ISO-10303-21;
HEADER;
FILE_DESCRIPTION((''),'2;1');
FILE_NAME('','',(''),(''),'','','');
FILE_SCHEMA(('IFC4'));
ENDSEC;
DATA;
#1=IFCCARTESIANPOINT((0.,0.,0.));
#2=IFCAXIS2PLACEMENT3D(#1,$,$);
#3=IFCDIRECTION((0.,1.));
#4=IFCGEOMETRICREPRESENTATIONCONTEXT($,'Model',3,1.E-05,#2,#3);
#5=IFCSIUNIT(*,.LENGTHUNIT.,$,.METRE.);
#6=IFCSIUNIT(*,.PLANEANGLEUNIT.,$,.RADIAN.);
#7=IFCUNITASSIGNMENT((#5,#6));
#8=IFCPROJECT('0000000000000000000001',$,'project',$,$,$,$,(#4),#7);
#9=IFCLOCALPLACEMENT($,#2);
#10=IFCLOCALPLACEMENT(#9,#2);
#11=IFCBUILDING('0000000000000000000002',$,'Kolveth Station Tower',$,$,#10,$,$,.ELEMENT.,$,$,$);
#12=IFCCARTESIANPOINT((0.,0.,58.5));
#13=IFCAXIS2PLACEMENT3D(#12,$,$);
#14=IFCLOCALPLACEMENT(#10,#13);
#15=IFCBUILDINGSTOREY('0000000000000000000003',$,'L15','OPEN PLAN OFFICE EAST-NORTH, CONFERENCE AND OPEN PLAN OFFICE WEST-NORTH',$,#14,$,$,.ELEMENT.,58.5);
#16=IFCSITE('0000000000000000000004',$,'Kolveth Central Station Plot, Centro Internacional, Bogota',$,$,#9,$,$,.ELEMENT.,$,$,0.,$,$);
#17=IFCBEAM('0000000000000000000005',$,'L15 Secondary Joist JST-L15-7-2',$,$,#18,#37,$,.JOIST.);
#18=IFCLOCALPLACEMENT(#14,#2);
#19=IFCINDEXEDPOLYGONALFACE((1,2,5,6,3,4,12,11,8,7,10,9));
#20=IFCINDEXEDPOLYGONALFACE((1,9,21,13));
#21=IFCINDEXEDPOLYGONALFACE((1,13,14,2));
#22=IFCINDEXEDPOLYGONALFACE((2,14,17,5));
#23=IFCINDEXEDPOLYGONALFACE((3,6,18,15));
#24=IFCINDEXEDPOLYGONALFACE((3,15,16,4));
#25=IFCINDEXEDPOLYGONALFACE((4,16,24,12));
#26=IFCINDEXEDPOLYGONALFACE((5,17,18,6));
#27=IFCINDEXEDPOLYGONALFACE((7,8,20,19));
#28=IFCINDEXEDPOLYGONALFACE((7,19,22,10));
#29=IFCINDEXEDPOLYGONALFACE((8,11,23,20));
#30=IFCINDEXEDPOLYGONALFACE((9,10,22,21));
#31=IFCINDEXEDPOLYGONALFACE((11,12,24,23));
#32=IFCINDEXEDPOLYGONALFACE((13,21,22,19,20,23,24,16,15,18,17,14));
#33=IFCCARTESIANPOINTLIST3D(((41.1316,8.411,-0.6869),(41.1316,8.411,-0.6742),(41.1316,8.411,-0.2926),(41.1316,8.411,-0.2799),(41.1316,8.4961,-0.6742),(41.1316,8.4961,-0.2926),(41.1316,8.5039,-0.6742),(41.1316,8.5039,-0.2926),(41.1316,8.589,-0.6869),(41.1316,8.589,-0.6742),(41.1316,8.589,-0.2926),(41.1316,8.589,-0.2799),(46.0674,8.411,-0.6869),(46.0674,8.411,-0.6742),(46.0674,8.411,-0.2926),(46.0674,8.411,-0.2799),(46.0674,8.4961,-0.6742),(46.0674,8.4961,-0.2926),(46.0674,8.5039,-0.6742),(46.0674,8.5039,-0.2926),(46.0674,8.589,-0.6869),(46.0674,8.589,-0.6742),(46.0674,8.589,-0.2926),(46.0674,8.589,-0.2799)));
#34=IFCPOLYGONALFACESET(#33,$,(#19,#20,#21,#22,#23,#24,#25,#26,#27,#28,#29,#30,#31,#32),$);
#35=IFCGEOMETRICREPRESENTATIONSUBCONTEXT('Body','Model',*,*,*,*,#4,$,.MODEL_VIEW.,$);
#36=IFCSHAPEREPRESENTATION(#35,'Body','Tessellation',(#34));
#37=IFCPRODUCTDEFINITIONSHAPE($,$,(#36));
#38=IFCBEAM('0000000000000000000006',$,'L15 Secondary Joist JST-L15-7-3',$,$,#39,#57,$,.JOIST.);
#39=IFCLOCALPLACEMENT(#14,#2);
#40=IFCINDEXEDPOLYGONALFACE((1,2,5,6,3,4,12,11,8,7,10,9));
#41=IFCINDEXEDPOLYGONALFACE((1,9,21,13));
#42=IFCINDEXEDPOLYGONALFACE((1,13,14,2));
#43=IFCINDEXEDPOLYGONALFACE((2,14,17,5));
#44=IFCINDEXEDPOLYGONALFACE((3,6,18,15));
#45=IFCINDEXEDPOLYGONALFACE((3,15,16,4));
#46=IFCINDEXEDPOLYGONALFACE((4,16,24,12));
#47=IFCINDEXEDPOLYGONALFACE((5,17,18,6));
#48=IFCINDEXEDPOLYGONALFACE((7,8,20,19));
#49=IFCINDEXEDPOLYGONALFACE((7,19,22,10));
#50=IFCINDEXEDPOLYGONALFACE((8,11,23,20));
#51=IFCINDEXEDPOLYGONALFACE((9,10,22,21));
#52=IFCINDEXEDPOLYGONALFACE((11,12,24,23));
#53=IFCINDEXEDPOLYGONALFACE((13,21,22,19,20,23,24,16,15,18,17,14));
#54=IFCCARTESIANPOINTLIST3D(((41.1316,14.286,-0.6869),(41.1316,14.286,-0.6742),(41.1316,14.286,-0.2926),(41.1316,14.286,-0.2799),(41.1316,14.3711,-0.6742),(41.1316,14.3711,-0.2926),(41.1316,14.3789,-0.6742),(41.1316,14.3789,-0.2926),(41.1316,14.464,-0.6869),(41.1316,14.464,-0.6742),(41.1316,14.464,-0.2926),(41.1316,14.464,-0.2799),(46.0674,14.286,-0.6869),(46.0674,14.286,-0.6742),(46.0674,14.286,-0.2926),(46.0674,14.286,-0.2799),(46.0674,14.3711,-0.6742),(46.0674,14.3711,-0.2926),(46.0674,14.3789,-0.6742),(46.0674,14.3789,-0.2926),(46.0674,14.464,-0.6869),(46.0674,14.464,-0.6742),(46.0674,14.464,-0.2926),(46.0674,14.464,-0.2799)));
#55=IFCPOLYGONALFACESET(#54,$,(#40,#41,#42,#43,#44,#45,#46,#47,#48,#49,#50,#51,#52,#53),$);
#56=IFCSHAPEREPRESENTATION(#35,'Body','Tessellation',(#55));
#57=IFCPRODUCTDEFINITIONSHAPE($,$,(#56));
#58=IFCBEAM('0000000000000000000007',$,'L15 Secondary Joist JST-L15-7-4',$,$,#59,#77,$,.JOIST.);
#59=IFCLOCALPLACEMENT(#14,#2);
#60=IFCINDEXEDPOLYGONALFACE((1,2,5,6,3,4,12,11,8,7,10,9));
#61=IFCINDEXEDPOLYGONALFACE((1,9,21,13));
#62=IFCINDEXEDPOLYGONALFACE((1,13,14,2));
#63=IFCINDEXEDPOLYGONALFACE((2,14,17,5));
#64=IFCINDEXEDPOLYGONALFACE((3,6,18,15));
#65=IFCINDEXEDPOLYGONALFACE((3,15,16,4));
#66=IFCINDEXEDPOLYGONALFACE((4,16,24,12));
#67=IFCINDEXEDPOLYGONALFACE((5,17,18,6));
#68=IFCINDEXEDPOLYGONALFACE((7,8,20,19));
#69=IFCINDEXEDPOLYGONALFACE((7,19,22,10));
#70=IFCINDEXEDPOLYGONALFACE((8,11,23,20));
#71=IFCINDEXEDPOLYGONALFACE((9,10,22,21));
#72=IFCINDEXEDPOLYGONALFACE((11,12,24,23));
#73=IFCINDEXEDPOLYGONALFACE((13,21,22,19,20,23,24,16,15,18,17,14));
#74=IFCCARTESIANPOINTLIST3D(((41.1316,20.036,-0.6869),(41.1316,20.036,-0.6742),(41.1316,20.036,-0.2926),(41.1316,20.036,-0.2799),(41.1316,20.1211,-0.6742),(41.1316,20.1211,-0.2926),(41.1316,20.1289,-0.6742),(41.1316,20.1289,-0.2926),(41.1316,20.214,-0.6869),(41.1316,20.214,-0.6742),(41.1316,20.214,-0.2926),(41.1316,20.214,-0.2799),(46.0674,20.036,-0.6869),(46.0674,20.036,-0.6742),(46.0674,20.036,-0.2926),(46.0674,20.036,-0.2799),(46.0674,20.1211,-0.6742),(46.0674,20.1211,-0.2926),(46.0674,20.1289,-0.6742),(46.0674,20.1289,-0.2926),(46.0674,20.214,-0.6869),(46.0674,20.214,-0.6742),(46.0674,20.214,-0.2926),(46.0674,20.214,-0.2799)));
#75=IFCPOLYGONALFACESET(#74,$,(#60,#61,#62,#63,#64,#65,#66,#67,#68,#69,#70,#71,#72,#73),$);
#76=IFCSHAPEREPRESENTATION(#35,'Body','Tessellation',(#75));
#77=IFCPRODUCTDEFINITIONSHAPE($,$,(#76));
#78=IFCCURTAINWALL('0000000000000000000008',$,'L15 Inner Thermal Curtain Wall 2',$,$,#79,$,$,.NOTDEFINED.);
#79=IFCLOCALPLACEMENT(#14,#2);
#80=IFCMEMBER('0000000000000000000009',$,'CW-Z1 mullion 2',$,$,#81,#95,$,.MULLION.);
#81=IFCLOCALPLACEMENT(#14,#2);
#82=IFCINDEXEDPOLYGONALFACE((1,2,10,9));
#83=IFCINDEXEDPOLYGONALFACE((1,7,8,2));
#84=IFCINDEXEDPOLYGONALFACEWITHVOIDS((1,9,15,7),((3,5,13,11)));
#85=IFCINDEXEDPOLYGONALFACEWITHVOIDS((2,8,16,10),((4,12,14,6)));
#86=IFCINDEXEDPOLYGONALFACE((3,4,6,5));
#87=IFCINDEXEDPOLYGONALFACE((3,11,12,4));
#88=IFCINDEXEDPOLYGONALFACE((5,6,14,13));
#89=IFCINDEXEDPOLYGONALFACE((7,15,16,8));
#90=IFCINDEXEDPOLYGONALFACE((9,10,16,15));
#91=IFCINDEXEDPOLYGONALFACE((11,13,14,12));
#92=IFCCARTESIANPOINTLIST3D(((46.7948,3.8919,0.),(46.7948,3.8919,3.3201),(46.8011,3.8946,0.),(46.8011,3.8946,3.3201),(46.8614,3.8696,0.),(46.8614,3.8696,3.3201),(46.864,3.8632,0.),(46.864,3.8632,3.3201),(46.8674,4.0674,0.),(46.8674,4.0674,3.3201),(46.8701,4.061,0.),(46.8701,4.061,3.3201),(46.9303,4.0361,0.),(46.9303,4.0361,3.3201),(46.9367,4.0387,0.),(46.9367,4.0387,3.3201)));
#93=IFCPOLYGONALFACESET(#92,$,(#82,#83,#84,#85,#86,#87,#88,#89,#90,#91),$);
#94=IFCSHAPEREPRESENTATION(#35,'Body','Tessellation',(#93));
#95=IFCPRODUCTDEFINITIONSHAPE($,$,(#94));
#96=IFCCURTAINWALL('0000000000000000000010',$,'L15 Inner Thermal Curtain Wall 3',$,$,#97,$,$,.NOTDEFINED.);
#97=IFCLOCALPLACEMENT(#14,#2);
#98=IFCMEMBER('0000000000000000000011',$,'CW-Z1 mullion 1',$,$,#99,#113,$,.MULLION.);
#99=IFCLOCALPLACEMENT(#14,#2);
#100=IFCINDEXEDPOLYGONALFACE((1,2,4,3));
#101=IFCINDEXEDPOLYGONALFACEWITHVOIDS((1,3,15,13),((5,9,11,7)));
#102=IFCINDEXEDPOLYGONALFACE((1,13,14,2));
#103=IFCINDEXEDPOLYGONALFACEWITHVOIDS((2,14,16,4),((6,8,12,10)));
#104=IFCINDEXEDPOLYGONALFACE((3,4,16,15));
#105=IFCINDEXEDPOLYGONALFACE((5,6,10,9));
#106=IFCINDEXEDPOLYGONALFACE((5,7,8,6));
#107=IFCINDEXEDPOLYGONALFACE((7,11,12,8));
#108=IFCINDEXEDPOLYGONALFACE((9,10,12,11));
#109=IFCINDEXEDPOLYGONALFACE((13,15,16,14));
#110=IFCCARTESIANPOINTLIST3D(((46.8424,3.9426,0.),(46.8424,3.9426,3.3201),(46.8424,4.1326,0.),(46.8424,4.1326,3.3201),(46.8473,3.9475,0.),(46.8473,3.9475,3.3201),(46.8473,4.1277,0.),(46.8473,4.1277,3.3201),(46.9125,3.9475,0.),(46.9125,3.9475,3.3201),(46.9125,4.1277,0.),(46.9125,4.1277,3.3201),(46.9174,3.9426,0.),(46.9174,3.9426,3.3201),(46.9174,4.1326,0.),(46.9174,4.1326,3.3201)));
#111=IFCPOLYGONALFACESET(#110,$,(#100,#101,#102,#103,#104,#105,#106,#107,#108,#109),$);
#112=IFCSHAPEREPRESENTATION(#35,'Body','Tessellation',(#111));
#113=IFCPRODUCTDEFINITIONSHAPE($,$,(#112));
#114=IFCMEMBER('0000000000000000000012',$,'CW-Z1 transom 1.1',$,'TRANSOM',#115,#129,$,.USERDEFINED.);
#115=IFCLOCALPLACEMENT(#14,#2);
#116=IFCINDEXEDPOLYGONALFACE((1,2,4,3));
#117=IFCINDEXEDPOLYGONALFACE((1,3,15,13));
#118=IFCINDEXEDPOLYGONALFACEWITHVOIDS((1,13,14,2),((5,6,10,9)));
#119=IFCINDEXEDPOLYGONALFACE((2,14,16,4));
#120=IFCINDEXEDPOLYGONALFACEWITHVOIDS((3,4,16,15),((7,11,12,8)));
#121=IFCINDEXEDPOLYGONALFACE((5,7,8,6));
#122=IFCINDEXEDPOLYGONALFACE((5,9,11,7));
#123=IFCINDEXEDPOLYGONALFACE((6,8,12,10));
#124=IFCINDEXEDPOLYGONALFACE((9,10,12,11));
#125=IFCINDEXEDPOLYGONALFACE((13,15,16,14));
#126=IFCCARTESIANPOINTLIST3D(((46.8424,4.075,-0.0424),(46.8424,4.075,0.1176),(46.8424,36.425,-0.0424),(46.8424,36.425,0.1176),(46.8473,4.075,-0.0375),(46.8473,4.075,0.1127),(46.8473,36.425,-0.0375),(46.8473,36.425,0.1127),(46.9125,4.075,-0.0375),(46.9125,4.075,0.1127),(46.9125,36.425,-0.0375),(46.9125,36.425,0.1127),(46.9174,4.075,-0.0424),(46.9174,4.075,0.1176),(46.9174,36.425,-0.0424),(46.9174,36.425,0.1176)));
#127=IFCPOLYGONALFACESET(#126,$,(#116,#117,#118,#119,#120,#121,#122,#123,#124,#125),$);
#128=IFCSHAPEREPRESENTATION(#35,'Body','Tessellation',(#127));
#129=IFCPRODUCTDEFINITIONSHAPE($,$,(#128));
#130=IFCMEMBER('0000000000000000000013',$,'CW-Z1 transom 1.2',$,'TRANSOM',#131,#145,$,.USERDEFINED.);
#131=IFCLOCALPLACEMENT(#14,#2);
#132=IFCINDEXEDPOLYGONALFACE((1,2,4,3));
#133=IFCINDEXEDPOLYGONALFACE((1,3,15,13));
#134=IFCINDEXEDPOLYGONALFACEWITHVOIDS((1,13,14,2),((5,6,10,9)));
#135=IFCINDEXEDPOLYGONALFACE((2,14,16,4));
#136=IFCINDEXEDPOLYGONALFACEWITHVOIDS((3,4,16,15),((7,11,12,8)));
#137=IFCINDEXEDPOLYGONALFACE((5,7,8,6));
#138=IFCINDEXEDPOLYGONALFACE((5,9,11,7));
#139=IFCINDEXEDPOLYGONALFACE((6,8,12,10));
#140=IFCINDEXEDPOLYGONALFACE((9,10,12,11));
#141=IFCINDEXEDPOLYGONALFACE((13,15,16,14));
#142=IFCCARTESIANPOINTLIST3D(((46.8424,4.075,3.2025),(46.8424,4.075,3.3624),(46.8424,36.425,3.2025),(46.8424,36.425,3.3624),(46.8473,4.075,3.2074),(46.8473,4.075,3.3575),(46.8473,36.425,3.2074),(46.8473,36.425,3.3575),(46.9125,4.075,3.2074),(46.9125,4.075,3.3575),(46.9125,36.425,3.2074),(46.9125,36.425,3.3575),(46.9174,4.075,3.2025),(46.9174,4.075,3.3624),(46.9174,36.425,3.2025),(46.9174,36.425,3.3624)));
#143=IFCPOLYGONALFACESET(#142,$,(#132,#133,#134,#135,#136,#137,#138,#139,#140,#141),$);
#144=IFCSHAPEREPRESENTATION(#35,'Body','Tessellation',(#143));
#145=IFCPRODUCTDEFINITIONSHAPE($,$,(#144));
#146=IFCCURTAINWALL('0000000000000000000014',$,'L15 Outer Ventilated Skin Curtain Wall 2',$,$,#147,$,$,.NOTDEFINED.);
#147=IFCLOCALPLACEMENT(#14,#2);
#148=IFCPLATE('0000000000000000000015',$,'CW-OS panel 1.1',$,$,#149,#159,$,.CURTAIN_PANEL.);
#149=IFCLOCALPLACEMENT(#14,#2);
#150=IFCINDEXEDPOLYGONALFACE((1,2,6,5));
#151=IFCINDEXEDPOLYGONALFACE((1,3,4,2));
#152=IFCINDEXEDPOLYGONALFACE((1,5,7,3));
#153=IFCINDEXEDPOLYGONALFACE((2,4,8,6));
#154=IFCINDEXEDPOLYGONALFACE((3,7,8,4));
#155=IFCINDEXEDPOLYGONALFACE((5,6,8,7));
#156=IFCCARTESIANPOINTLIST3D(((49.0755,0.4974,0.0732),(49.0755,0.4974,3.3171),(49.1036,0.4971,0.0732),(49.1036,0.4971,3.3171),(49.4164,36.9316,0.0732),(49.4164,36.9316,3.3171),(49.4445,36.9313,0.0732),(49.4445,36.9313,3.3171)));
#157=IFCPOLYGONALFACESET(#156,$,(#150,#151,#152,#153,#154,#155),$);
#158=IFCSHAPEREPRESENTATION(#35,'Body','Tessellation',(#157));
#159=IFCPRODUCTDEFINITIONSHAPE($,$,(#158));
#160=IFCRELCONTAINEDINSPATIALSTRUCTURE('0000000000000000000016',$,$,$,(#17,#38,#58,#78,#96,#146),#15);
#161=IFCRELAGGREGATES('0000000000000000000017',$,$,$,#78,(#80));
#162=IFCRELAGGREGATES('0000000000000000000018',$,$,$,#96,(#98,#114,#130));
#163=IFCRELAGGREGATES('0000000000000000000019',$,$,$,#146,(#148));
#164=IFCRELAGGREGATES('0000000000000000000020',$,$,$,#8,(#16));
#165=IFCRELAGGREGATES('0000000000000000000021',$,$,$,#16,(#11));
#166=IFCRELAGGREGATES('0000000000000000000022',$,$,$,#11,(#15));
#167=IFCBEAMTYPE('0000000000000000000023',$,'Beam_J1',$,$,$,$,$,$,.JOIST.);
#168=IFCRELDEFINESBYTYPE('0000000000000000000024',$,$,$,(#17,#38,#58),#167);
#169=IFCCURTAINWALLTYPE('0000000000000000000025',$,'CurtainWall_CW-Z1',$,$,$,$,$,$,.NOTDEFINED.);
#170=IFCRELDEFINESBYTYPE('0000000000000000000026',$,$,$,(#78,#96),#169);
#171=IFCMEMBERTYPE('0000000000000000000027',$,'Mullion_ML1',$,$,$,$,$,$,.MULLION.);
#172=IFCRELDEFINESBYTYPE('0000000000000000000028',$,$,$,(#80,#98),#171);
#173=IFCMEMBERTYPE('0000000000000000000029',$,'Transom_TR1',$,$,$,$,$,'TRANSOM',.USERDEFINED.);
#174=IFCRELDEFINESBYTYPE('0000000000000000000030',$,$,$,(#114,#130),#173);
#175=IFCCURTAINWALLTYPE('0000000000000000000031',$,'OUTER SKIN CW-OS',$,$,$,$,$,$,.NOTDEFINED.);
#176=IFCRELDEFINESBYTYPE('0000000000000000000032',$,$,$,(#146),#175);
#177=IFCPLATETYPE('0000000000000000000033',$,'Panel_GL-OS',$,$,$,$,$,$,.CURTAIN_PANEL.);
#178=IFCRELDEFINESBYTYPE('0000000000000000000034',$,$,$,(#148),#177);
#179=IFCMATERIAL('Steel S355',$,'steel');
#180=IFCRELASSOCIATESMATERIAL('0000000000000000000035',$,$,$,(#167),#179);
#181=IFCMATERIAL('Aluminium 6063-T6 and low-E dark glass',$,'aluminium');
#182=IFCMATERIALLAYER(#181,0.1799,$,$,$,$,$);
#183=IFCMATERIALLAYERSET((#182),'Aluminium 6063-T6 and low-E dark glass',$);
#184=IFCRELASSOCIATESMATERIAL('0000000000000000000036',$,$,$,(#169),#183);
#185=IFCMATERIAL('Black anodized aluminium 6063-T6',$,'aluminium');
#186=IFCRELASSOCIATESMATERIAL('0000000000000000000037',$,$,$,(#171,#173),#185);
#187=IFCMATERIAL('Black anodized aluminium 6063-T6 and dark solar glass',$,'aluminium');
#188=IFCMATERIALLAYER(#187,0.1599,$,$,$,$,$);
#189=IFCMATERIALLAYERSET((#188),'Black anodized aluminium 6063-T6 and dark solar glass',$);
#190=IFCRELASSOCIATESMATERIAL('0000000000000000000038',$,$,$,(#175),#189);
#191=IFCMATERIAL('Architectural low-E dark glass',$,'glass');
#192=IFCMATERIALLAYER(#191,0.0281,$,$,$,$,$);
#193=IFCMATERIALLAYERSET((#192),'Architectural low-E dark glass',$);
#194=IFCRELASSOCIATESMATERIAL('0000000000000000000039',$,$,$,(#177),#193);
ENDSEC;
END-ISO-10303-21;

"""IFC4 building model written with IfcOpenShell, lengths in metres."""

from ifc_helpers import new_model, si_unit, direction, frame, origin, origin_2d, place, context, subcontext, project, spatial, rectangle, hollow_rectangle, i_section, extrude, source, transform, mapped, material, layer, layer_set, material_profile, profile_set, type_object, element, aggregate, save


model = new_model("IFC4")

# Units and contexts
model_context = context("Model", 3, precision=1e-05, world=origin(), true_north=direction((0.0, 1.0)))
body_context = subcontext(model_context, "Body", "Model", "MODEL_VIEW")
ifc_project = project(units=[si_unit("LENGTHUNIT", "METRE"), si_unit("PLANEANGLEUNIT", "RADIAN")], contexts=[model_context])

# Site, building, storey
site_placement = place(None, origin())
site = spatial("IfcSite", under=ifc_project, at=site_placement, Name="Kolveth Central Station Plot, Centro Internacional, Bogota", CompositionType="ELEMENT", RefElevation=0.0)
building_placement = place(site_placement, origin())
building = spatial("IfcBuilding", under=site, at=building_placement, Name="Kolveth Station Tower", CompositionType="ELEMENT")
storey_placement = place(building_placement, frame((0.0, 0.0, 58.5)))
storey = spatial("IfcBuildingStorey", under=building, at=storey_placement, Name="L15", Description="OPEN PLAN OFFICE EAST-NORTH, CONFERENCE AND OPEN PLAN OFFICE WEST-NORTH", CompositionType="ELEMENT", Elevation=58.5)

# Shared definitions
ifc_material_1 = material(Name="Steel S355", Category="steel")

# Beams
ifc_material_profile_1 = material_profile(ifc_material_1, i_section(OverallWidth=0.178, OverallDepth=0.407, WebThickness=0.0078, FlangeThickness=0.0127, at=origin_2d()), Name="W410x60")
ifc_profile_set_1 = profile_set([ifc_material_profile_1], Name="Steel S355")
beam_type_1 = type_object("IfcBeamType", Name="Beam_J1", PredefinedType="JOIST", material=ifc_profile_set_1)
shared_shape_1 = source(origin(), body_context, "Body", "SweptSolid", [
    extrude(i_section(OverallWidth=0.178, OverallDepth=0.407, WebThickness=0.0078, FlangeThickness=0.0127, at=origin_2d()), origin(), (0.0, 0.0, 1.0), 4.9358),
])
for number, where, z_axis, x_axis, name in (
    (1, (41.1316, 8.5, -0.4834), (1.0, 0.0, 0.0), (0.0, 1.0, 0.0), "L15 Secondary Joist JST-L15-7-2"),
    (2, (41.1316, 14.375, -0.4834), (1.0, 0.0, 0.0), (0.0, 1.0, 0.0), "L15 Secondary Joist JST-L15-7-3"),
    (3, (41.1316, 20.125, -0.4834), (1.0, 0.0, 0.0), (0.0, 1.0, 0.0), "L15 Secondary Joist JST-L15-7-4"),
):
    element("IfcBeam", number, at=place(storey_placement, frame(where, z_axis=z_axis, x_axis=x_axis)), inside=storey, type_object=beam_type_1, Name=name, PredefinedType="JOIST", context=body_context, shape_type="MappedRepresentation", body=[
        mapped(shared_shape_1, transform((0.0, 0.0, 0.0), x_axis=(1.0, 0.0, 0.0), y_axis=(0.0, 1.0, 0.0), z_axis=(0.0, 0.0, 1.0), scale=1.0)),
    ])

# Curtain wall, member
ifc_material_2 = material(Name="Aluminium 6063-T6 and low-E dark glass", Category="aluminium")
ifc_layer_1 = layer(ifc_material_2, 0.1799)
ifc_layer_set_1 = layer_set([ifc_layer_1], Name="Aluminium 6063-T6 and low-E dark glass")
curtain_wall_type_1 = type_object("IfcCurtainWallType", Name="CurtainWall_CW-Z1", PredefinedType="NOTDEFINED", material=ifc_layer_set_1)
curtain_wall_1_placement = place(storey_placement, origin())
curtain_wall_1 = element("IfcCurtainWall", 4, at=curtain_wall_1_placement, inside=storey, type_object=curtain_wall_type_1, Name="L15 Inner Thermal Curtain Wall 2", PredefinedType="NOTDEFINED")
ifc_material_3 = material(Name="Black anodized aluminium 6063-T6", Category="aluminium")
ifc_material_profile_2 = material_profile(ifc_material_3, hollow_rectangle(XDim=0.075, YDim=0.1899, WallThickness=0.0049, at=origin_2d()), Name="ALU-75x190x5")
ifc_profile_set_2 = profile_set([ifc_material_profile_2], Name="Black anodized aluminium 6063-T6")
member_type_1 = type_object("IfcMemberType", Name="Mullion_ML1", PredefinedType="MULLION", material=ifc_profile_set_2)
shared_shape_2 = source(origin(), body_context, "Body", "SweptSolid", [
    extrude(hollow_rectangle(XDim=0.075, YDim=0.1899, WallThickness=0.0049, at=origin_2d()), origin(), (0.0, 0.0, 1.0), 3.3201),
])
member_1_placement = place(storey_placement, frame((46.8657, 3.9653, 0.0), z_axis=(0.0, 0.0, 1.0), x_axis=(-0.923884, 0.382673, 0.0)))
member_1 = element("IfcMember", 5, at=member_1_placement, type_object=member_type_1, Name="CW-Z1 mullion 2", PredefinedType="MULLION", context=body_context, shape_type="MappedRepresentation", body=[
    mapped(shared_shape_2, transform((0.0, 0.0, 0.0), x_axis=(1.0, 0.0, 0.0), y_axis=(0.0, 1.0, 0.0), z_axis=(0.0, 0.0, 1.0), scale=1.0)),
])
aggregate(curtain_wall_1, [member_1])

# Curtain wall, members
curtain_wall_2_placement = place(storey_placement, origin())
curtain_wall_2 = element("IfcCurtainWall", 6, at=curtain_wall_2_placement, inside=storey, type_object=curtain_wall_type_1, Name="L15 Inner Thermal Curtain Wall 3", PredefinedType="NOTDEFINED")
member_2_placement = place(storey_placement, frame((46.8799, 4.0376, 0.0), z_axis=(0.0, 0.0, 1.0), x_axis=(-1.0, 0.0, 0.0)))
member_2 = element("IfcMember", 7, at=member_2_placement, type_object=member_type_1, Name="CW-Z1 mullion 1", PredefinedType="MULLION", context=body_context, shape_type="MappedRepresentation", body=[
    mapped(shared_shape_2, transform((0.0, 0.0, 0.0), x_axis=(1.0, 0.0, 0.0), y_axis=(0.0, 1.0, 0.0), z_axis=(0.0, 0.0, 1.0), scale=1.0)),
])
ifc_material_profile_3 = material_profile(ifc_material_3, hollow_rectangle(XDim=0.075, YDim=0.1599, WallThickness=0.0049, at=origin_2d()), Name="ALU-75x160x5")
ifc_profile_set_3 = profile_set([ifc_material_profile_3], Name="Black anodized aluminium 6063-T6")
member_type_2 = type_object("IfcMemberType", Name="Transom_TR1", ElementType="TRANSOM", PredefinedType="USERDEFINED", material=ifc_profile_set_3)
shared_shape_3 = source(origin(), body_context, "Body", "SweptSolid", [
    extrude(hollow_rectangle(XDim=0.075, YDim=0.1599, WallThickness=0.0049, at=origin_2d()), origin(), (0.0, 0.0, 1.0), 32.3501),
])
member_3_placement = place(storey_placement, frame((46.8799, 4.075, 0.0376), z_axis=(0.0, 1.0, 0.0), x_axis=(-1.0, 0.0, 0.0)))
member_3 = element("IfcMember", 8, at=member_3_placement, type_object=member_type_2, Name="CW-Z1 transom 1.1", ObjectType="TRANSOM", PredefinedType="USERDEFINED", context=body_context, shape_type="MappedRepresentation", body=[
    mapped(shared_shape_3, transform((0.0, 0.0, 0.0), x_axis=(1.0, 0.0, 0.0), y_axis=(0.0, 1.0, 0.0), z_axis=(0.0, 0.0, 1.0), scale=1.0)),
])
member_4_placement = place(storey_placement, frame((46.8799, 4.075, 3.2825), z_axis=(0.0, 1.0, 0.0), x_axis=(-1.0, 0.0, 0.0)))
member_4 = element("IfcMember", 9, at=member_4_placement, type_object=member_type_2, Name="CW-Z1 transom 1.2", ObjectType="TRANSOM", PredefinedType="USERDEFINED", context=body_context, shape_type="MappedRepresentation", body=[
    mapped(shared_shape_3, transform((0.0, 0.0, 0.0), x_axis=(1.0, 0.0, 0.0), y_axis=(0.0, 1.0, 0.0), z_axis=(0.0, 0.0, 1.0), scale=1.0)),
])
aggregate(curtain_wall_2, [member_2, member_3, member_4])

# Curtain wall, plate
ifc_material_4 = material(Name="Black anodized aluminium 6063-T6 and dark solar glass", Category="aluminium")
ifc_layer_2 = layer(ifc_material_4, 0.1599)
ifc_layer_set_2 = layer_set([ifc_layer_2], Name="Black anodized aluminium 6063-T6 and dark solar glass")
curtain_wall_type_2 = type_object("IfcCurtainWallType", Name="OUTER SKIN CW-OS", PredefinedType="NOTDEFINED", material=ifc_layer_set_2)
curtain_wall_3_placement = place(storey_placement, origin())
curtain_wall_3 = element("IfcCurtainWall", 10, at=curtain_wall_3_placement, inside=storey, type_object=curtain_wall_type_2, Name="L15 Outer Ventilated Skin Curtain Wall 2", PredefinedType="NOTDEFINED")
ifc_material_5 = material(Name="Architectural low-E dark glass", Category="glass")
ifc_layer_3 = layer(ifc_material_5, 0.0281)
ifc_layer_set_3 = layer_set([ifc_layer_3], Name="Architectural low-E dark glass")
plate_type = type_object("IfcPlateType", Name="Panel_GL-OS", PredefinedType="CURTAIN_PANEL", material=ifc_layer_set_3)
shared_shape_4 = source(origin(), body_context, "Body", "SweptSolid", [
    extrude(rectangle(XDim=36.4358, YDim=0.0281, at=origin_2d()), origin(), (0.0, 0.0, 1.0), 3.2439),
])
plate_placement = place(storey_placement, frame((49.26, 18.7144, 0.0732), z_axis=(0.0, 0.0, 1.0), x_axis=(0.009355, 0.999956, 0.0)))
plate = element("IfcPlate", 11, at=plate_placement, type_object=plate_type, Name="CW-OS panel 1.1", PredefinedType="CURTAIN_PANEL", context=body_context, shape_type="MappedRepresentation", body=[
    mapped(shared_shape_4, transform((0.0, 0.0, 0.0), x_axis=(1.0, 0.0, 0.0), y_axis=(0.0, 1.0, 0.0), z_axis=(0.0, 0.0, 1.0), scale=1.0)),
])
aggregate(curtain_wall_3, [plate])

save(model, "model.ifc")
